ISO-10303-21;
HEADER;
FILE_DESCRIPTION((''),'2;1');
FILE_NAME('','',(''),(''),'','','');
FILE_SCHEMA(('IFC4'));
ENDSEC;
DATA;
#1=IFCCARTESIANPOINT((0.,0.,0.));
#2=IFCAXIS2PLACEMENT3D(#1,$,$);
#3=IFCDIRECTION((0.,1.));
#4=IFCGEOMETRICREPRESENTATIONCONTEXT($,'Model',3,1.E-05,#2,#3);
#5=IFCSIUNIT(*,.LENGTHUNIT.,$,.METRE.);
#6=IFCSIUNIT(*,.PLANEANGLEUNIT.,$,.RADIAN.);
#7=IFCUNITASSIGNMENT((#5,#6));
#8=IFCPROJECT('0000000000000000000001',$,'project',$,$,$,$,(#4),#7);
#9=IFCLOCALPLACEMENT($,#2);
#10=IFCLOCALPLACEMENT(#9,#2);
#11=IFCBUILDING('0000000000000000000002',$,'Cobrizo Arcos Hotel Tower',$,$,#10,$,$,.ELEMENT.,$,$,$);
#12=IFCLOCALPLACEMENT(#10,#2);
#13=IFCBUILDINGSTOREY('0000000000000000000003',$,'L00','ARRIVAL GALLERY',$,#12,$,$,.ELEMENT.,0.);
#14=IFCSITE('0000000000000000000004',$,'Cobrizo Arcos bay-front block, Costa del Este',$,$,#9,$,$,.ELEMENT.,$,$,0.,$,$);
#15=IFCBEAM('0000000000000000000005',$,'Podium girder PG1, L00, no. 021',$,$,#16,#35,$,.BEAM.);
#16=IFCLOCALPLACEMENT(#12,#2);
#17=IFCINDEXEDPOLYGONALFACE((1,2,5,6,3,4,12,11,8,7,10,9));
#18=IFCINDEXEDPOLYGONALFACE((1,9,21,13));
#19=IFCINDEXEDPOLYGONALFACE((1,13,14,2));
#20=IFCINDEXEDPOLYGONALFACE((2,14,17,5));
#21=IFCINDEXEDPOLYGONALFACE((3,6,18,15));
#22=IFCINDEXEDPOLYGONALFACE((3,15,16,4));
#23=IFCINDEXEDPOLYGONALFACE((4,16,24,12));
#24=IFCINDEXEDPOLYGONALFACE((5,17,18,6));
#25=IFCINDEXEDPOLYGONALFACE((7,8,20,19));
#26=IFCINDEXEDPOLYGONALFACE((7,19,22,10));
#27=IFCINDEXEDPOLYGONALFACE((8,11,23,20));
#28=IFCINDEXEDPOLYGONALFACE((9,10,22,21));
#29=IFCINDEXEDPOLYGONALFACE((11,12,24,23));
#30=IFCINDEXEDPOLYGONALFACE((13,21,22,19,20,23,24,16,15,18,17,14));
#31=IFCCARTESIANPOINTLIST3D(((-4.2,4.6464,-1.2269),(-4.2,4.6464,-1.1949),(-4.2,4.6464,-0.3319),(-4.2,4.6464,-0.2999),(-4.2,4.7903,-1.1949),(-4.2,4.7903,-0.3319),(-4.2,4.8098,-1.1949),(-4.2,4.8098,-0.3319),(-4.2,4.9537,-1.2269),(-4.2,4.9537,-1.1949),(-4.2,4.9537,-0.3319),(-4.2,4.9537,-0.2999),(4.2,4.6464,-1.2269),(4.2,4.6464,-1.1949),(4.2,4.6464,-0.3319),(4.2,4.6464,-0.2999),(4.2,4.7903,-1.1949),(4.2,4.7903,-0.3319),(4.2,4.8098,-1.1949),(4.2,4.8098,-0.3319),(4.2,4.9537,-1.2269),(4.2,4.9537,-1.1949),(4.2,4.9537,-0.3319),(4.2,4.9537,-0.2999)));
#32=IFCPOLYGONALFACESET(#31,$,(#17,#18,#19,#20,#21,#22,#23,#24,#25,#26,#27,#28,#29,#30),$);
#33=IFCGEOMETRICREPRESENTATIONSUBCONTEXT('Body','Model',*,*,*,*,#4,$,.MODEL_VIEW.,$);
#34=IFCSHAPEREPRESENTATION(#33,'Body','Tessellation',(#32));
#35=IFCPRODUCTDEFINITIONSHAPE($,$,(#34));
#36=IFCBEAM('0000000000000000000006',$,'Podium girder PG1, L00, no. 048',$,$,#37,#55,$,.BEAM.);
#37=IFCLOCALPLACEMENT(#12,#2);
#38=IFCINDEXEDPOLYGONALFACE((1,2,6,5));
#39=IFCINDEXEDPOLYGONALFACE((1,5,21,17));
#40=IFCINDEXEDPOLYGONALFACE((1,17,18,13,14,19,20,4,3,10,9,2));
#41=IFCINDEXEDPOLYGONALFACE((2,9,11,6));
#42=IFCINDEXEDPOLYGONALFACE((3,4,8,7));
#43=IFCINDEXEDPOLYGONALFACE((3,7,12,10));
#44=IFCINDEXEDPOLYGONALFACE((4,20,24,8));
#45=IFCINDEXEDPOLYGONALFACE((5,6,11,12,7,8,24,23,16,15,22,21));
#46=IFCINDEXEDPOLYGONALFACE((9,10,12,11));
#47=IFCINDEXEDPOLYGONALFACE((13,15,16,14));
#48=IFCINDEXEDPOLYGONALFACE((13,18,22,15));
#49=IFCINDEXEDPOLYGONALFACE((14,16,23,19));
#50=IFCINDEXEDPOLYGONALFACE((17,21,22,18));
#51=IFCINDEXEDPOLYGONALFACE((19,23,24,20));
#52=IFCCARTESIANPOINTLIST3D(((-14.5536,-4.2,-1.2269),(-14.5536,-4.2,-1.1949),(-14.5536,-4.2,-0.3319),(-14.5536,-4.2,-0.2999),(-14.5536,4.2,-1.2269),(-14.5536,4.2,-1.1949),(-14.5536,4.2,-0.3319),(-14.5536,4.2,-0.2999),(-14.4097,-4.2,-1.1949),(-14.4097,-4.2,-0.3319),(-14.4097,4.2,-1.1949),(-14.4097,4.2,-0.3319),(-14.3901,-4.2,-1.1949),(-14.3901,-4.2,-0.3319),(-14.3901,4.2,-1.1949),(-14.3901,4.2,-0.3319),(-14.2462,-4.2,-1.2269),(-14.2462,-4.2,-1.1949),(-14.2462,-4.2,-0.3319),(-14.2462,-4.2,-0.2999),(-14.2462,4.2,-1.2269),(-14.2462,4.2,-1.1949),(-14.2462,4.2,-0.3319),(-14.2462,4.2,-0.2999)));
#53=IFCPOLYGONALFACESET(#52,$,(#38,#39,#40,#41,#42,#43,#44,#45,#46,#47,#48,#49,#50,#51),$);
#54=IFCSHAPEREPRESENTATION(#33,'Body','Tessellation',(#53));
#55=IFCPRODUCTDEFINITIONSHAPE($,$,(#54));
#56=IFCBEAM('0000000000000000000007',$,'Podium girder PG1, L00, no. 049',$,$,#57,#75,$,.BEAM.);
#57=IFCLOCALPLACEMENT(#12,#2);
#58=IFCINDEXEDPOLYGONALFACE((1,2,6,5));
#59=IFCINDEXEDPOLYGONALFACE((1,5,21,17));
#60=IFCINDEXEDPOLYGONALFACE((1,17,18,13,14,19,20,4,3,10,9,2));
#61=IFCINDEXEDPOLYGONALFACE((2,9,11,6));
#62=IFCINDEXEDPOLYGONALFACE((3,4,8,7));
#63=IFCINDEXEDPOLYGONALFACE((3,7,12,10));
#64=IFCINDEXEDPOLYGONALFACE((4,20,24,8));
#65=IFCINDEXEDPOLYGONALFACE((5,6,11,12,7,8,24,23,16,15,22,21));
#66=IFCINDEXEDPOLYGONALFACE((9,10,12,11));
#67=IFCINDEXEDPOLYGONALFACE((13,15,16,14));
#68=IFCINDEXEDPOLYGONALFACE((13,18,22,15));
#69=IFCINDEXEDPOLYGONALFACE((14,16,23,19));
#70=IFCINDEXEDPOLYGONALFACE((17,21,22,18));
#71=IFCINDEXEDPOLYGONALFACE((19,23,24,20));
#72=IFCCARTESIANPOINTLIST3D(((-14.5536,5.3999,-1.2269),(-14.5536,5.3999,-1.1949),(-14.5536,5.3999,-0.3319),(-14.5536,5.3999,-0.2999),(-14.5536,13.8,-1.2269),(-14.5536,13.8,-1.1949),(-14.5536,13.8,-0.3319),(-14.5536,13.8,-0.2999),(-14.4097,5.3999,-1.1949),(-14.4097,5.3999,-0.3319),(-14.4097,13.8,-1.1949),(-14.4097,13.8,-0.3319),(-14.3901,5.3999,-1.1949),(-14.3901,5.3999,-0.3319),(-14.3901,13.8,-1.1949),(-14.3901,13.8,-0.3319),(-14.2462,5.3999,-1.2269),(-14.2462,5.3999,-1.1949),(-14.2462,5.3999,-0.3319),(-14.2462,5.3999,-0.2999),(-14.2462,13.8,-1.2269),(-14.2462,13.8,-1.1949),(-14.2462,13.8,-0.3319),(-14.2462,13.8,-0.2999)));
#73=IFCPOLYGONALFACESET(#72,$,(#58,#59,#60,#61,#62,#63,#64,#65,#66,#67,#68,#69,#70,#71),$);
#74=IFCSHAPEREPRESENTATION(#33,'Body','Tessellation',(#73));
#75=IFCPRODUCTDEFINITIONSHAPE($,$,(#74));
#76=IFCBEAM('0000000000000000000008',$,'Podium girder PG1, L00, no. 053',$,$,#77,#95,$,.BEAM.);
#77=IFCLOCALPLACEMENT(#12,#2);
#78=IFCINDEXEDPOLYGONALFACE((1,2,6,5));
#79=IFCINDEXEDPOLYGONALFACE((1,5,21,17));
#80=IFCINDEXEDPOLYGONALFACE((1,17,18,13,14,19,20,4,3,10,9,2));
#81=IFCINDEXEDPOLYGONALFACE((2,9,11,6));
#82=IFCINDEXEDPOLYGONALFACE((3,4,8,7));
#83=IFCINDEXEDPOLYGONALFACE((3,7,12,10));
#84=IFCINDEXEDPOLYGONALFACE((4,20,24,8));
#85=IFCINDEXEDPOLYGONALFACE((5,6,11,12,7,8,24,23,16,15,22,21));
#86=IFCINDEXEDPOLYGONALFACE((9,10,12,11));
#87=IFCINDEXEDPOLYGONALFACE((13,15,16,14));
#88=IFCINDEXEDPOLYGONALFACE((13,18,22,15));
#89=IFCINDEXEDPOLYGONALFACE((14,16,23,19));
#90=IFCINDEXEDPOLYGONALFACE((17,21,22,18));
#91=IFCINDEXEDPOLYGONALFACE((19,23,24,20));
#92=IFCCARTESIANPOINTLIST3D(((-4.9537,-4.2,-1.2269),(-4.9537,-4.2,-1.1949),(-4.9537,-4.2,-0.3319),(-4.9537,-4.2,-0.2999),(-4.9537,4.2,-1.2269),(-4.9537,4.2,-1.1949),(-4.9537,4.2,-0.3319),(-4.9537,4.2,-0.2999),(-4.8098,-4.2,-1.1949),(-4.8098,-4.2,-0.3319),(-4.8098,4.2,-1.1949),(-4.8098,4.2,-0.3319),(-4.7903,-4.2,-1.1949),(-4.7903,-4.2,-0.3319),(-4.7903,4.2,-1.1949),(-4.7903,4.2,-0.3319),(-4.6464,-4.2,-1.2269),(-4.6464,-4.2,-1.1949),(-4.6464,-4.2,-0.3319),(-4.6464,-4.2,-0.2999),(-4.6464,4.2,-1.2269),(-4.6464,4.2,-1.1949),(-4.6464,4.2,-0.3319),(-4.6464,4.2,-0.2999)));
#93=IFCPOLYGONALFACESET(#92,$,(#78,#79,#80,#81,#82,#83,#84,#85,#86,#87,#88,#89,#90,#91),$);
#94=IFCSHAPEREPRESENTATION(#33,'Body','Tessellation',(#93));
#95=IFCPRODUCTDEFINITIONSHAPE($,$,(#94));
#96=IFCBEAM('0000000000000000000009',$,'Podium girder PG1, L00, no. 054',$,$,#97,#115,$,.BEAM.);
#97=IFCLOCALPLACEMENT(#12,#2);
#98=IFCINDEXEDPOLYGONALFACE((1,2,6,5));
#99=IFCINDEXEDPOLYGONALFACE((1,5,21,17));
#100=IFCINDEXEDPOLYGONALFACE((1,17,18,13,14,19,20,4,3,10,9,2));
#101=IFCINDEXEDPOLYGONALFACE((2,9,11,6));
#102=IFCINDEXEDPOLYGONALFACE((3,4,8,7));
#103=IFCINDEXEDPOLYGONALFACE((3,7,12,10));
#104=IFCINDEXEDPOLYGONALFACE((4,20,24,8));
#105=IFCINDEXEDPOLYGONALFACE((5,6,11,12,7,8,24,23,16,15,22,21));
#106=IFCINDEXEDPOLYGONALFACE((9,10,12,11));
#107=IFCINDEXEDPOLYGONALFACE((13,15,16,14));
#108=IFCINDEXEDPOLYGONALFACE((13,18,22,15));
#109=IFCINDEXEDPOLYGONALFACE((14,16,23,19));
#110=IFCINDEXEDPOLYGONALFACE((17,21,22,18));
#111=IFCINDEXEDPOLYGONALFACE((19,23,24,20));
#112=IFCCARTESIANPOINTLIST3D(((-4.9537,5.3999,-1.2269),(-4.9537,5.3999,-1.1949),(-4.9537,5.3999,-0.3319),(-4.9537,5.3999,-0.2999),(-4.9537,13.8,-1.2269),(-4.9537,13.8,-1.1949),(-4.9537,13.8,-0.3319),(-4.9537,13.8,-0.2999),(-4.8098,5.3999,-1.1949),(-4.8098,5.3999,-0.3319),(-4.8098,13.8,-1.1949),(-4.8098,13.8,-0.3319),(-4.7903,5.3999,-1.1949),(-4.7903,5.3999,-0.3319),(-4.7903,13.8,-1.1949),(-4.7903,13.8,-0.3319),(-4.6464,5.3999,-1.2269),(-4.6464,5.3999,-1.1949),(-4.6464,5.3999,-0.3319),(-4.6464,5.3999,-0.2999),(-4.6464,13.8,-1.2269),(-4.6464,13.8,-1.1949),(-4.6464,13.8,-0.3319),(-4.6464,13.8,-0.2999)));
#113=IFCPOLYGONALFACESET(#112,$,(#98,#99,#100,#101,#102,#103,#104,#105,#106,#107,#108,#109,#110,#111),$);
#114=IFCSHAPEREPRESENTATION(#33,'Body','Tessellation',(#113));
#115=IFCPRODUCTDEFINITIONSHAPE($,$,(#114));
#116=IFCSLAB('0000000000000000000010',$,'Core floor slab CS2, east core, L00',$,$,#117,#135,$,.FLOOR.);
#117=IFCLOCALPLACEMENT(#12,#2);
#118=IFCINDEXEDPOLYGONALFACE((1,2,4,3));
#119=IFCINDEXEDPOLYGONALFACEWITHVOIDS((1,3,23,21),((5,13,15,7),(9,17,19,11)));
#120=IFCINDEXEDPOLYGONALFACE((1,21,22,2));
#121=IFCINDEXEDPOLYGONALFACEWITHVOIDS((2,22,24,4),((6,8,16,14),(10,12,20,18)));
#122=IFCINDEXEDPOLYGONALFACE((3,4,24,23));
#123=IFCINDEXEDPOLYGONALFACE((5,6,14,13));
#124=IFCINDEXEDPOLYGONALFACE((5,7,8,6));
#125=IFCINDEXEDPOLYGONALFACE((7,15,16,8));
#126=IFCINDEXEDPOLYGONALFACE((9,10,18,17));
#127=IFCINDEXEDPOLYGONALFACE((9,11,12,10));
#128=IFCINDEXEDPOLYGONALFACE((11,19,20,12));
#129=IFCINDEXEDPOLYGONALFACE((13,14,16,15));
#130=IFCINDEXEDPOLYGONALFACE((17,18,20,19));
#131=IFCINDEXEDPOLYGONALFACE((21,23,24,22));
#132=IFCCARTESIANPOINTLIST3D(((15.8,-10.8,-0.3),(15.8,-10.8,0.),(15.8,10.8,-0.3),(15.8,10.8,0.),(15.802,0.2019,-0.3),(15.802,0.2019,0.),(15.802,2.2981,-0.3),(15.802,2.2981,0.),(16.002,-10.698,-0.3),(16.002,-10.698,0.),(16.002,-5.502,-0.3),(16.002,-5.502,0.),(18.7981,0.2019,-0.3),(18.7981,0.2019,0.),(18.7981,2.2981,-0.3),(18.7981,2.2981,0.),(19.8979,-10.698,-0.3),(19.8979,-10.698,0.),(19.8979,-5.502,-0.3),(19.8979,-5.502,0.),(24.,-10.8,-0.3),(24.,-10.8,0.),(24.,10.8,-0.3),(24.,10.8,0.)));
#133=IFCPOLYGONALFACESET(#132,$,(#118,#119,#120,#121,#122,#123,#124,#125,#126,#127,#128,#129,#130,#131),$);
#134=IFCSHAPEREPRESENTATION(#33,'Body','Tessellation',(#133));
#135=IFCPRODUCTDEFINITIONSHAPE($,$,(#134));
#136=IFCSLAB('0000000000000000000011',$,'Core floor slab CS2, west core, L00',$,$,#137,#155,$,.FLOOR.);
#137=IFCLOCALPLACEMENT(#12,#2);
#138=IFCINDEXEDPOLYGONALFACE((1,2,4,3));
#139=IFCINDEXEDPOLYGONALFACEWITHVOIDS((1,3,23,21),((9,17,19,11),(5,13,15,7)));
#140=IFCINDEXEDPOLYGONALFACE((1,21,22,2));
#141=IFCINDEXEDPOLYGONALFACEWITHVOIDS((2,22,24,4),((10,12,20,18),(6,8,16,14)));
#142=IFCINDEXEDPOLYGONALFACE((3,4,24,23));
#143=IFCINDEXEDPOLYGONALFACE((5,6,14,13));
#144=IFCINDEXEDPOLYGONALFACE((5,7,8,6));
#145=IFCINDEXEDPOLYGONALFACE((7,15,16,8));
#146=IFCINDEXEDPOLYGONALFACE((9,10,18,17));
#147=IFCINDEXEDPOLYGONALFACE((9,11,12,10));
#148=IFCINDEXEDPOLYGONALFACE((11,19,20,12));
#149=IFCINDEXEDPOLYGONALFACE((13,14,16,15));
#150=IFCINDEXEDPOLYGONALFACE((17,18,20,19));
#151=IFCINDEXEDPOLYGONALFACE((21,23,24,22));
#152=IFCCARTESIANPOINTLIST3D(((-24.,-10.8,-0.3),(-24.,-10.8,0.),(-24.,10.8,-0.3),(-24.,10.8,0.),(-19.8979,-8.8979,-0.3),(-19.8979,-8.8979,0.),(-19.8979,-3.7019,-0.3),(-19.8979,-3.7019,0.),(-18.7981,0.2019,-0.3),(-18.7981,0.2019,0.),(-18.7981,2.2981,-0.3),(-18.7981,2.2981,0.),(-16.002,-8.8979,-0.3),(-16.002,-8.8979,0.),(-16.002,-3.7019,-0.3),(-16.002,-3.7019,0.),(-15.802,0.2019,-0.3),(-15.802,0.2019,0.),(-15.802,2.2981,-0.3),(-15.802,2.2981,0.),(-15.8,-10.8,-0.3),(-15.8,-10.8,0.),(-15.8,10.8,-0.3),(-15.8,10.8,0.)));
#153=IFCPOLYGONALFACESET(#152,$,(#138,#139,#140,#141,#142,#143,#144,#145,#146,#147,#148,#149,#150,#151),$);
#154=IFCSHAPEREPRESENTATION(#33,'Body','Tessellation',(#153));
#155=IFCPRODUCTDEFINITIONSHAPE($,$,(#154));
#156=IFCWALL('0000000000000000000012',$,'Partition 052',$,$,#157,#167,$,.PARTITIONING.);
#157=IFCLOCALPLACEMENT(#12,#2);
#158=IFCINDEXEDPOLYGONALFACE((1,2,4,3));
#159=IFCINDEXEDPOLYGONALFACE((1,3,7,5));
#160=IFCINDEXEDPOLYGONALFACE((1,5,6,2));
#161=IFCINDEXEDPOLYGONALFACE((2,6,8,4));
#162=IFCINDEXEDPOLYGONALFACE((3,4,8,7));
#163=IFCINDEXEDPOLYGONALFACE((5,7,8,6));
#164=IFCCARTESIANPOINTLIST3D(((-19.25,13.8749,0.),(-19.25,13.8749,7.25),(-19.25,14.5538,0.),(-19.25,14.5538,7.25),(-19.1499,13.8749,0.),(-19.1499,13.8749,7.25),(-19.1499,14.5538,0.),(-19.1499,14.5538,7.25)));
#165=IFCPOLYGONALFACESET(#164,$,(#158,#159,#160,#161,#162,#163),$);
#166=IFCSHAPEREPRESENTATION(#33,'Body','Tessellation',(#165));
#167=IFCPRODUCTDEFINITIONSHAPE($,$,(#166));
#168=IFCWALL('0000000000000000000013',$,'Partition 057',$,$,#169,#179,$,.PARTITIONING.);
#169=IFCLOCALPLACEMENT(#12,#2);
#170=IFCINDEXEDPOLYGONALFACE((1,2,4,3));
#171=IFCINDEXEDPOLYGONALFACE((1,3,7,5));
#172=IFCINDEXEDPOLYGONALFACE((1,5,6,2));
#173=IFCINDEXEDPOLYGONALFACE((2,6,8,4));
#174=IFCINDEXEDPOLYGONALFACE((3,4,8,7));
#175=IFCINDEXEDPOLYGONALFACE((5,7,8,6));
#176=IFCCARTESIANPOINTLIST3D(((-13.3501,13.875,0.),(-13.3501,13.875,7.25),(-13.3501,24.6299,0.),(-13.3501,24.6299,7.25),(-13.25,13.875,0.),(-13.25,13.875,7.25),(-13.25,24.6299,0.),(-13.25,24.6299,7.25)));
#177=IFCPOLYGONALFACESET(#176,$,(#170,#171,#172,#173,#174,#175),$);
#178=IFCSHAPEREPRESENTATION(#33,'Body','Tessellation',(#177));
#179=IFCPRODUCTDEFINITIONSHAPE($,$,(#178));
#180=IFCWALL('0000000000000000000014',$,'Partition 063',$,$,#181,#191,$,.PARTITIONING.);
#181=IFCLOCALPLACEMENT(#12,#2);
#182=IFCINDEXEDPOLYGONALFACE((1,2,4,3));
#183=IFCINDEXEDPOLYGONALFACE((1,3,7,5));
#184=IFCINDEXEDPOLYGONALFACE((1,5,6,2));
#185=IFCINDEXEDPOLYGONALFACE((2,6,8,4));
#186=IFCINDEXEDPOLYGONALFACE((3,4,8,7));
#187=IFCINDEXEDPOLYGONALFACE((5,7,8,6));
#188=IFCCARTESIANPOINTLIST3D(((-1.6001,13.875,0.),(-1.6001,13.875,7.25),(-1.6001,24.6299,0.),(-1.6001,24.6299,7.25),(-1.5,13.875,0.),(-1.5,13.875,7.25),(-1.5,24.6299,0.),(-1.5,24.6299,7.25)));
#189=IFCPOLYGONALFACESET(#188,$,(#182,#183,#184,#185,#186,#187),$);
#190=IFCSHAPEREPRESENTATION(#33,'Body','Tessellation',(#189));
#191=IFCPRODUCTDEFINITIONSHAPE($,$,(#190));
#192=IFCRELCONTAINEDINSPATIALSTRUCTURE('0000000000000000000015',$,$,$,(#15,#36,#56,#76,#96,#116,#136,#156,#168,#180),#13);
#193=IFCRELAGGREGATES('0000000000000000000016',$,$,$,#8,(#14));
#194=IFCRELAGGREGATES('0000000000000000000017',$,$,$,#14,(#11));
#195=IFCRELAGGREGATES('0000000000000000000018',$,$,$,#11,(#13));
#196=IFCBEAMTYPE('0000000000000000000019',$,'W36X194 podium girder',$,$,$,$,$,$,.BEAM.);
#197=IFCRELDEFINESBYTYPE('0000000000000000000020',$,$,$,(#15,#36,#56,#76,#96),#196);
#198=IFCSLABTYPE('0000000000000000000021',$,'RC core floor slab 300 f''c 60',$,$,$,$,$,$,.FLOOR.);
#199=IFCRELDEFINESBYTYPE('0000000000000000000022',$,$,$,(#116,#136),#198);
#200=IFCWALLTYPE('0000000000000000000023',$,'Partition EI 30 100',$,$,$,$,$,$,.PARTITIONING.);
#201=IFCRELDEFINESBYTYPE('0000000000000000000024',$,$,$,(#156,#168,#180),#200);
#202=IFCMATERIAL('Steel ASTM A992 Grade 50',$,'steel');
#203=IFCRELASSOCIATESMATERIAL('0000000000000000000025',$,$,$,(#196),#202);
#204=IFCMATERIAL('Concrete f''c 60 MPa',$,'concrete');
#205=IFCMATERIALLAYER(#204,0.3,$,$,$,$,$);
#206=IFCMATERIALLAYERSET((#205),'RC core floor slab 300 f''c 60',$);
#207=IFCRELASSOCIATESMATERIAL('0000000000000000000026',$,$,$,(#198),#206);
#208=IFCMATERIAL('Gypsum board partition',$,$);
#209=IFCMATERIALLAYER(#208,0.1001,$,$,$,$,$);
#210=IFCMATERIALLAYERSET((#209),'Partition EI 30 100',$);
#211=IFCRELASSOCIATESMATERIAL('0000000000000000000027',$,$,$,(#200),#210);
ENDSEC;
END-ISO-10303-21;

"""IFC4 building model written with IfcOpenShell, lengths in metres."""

from ifc_helpers import new_model, si_unit, direction, frame, frame_2d, origin, origin_2d, place, context, subcontext, project, spatial, polyline, rectangle, i_section, outline, extrude, material, layer, layer_set, material_profile, profile_set, type_object, element, save


model = new_model("IFC4")

# Units and contexts
model_context = context("Model", 3, precision=1e-05, world=origin(), true_north=direction((0.0, 1.0)))
body_context = subcontext(model_context, "Body", "Model", "MODEL_VIEW")
ifc_project = project(units=[si_unit("LENGTHUNIT", "METRE"), si_unit("PLANEANGLEUNIT", "RADIAN")], contexts=[model_context])

# Site, building, storey
site_placement = place(None, origin())
site = spatial("IfcSite", under=ifc_project, at=site_placement, Name="Cobrizo Arcos bay-front block, Costa del Este", CompositionType="ELEMENT", RefElevation=0.0)
building_placement = place(site_placement, origin())
building = spatial("IfcBuilding", under=site, at=building_placement, Name="Cobrizo Arcos Hotel Tower", CompositionType="ELEMENT")
storey_placement = place(building_placement, origin())
storey = spatial("IfcBuildingStorey", under=building, at=storey_placement, Name="L00", Description="ARRIVAL GALLERY", CompositionType="ELEMENT", Elevation=0.0)

# Beams
ifc_material_1 = material(Name="Steel ASTM A992 Grade 50", Category="steel")
ifc_material_profile_1 = material_profile(ifc_material_1, i_section(OverallWidth=0.3074, OverallDepth=0.927, WebThickness=0.0195, FlangeThickness=0.032, at=origin_2d()), Name="W36X194")
ifc_profile_set_1 = profile_set([ifc_material_profile_1], Name="Steel ASTM A992 Grade 50")
beam_type_1 = type_object("IfcBeamType", Name="W36X194 podium girder", PredefinedType="BEAM", material=ifc_profile_set_1)
for number, where, z_axis, x_axis, name in (
    (1, (-4.2, 4.8, -0.7634), (1.0, 0.0, 0.0), (0.0, 1.0, 0.0), "Podium girder PG1, L00, no. 021"),
    (2, (-14.3999, -4.2, -0.7634), (0.0, 1.0, 0.0), (-1.0, 0.0, 0.0), "Podium girder PG1, L00, no. 048"),
):
    element("IfcBeam", number, at=place(storey_placement, frame(where, z_axis=z_axis, x_axis=x_axis)), inside=storey, type_object=beam_type_1, Name=name, PredefinedType="BEAM", context=body_context, shape_type="SweptSolid", body=[
        extrude(i_section(OverallWidth=0.3074, OverallDepth=0.927, WebThickness=0.0195, FlangeThickness=0.032, at=origin_2d()), origin(), (0.0, 0.0, 1.0), 8.3999),
    ])
beam_1_placement = place(storey_placement, frame((-14.3999, 5.3999, -0.7634), z_axis=(0.0, 1.0, 0.0), x_axis=(-1.0, 0.0, 0.0)))
element("IfcBeam", 3, at=beam_1_placement, inside=storey, type_object=beam_type_1, Name="Podium girder PG1, L00, no. 049", PredefinedType="BEAM", context=body_context, shape_type="SweptSolid", body=[
    extrude(i_section(OverallWidth=0.3074, OverallDepth=0.927, WebThickness=0.0195, FlangeThickness=0.032, at=origin_2d()), origin(), (0.0, 0.0, 1.0), 8.4001),
])
beam_2_placement = place(storey_placement, frame((-4.8, -4.2, -0.7634), z_axis=(0.0, 1.0, 0.0), x_axis=(-1.0, 0.0, 0.0)))
element("IfcBeam", 4, at=beam_2_placement, inside=storey, type_object=beam_type_1, Name="Podium girder PG1, L00, no. 053", PredefinedType="BEAM", context=body_context, shape_type="SweptSolid", body=[
    extrude(i_section(OverallWidth=0.3074, OverallDepth=0.927, WebThickness=0.0195, FlangeThickness=0.032, at=origin_2d()), origin(), (0.0, 0.0, 1.0), 8.3999),
])
beam_3_placement = place(storey_placement, frame((-4.8, 5.3999, -0.7634), z_axis=(0.0, 1.0, 0.0), x_axis=(-1.0, 0.0, 0.0)))
element("IfcBeam", 5, at=beam_3_placement, inside=storey, type_object=beam_type_1, Name="Podium girder PG1, L00, no. 054", PredefinedType="BEAM", context=body_context, shape_type="SweptSolid", body=[
    extrude(i_section(OverallWidth=0.3074, OverallDepth=0.927, WebThickness=0.0195, FlangeThickness=0.032, at=origin_2d()), origin(), (0.0, 0.0, 1.0), 8.4001),
])

# Slabs
ifc_material_2 = material(Name="Concrete f'c 60 MPa", Category="concrete")
ifc_layer_1 = layer(ifc_material_2, 0.3)
ifc_layer_set_1 = layer_set([ifc_layer_1], Name="RC core floor slab 300 f'c 60")
slab_type_1 = type_object("IfcSlabType", Name="RC core floor slab 300 f'c 60", PredefinedType="FLOOR", material=ifc_layer_set_1)
slab_1_placement = place(storey_placement, frame((0.0, 0.0, -0.3)))
element("IfcSlab", 6, at=slab_1_placement, inside=storey, type_object=slab_type_1, Name="Core floor slab CS2, east core, L00", PredefinedType="FLOOR", context=body_context, shape_type="SweptSolid", body=[
    extrude(outline(polyline([(15.8, 10.8), (24.0, 10.8), (24.0, -10.8), (15.8, -10.8), (15.8, 10.8)]), holes=[polyline([(19.8979, -10.698), (19.8979, -5.502), (16.002, -5.502), (16.002, -10.698), (19.8979, -10.698)]), polyline([(18.7981, 0.2019), (18.7981, 2.2981), (15.802, 2.2981), (15.802, 0.2019), (18.7981, 0.2019)])]), origin(), (0.0, 0.0, 1.0), 0.3),
])
slab_2_placement = place(storey_placement, frame((0.0, 0.0, -0.3)))
element("IfcSlab", 7, at=slab_2_placement, inside=storey, type_object=slab_type_1, Name="Core floor slab CS2, west core, L00", PredefinedType="FLOOR", context=body_context, shape_type="SweptSolid", body=[
    extrude(outline(polyline([(-24.0, 10.8), (-15.8, 10.8), (-15.8, -10.8), (-24.0, -10.8), (-24.0, 10.8)]), holes=[polyline([(-19.8979, -3.7019), (-19.8979, -8.8979), (-16.002, -8.8979), (-16.002, -3.7019), (-19.8979, -3.7019)]), polyline([(-15.802, 0.2019), (-15.802, 2.2981), (-18.7981, 2.2981), (-18.7981, 0.2019), (-15.802, 0.2019)])]), origin(), (0.0, 0.0, 1.0), 0.3),
])

# Walls
ifc_material_3 = material(Name="Gypsum board partition")
ifc_layer_2 = layer(ifc_material_3, 0.1001)
ifc_layer_set_2 = layer_set([ifc_layer_2], Name="Partition EI 30 100")
wall_type_1 = type_object("IfcWallType", Name="Partition EI 30 100", PredefinedType="PARTITIONING", material=ifc_layer_set_2)
wall_1_placement = place(storey_placement, frame((-19.2, 13.875, 0.0), z_axis=(0.0, 0.0, 1.0), x_axis=(0.0, 1.0, 0.0)))
element("IfcWall", 8, at=wall_1_placement, inside=storey, type_object=wall_type_1, Name="Partition 052", PredefinedType="PARTITIONING", context=body_context, shape_type="SweptSolid", body=[
    extrude(rectangle(XDim=0.679, YDim=0.1001, at=frame_2d((0.3394, 0.0))), origin(), (0.0, 0.0, 1.0), 7.25),
])
for number, where, z_axis, x_axis, name in (
    (9, (-13.3, 13.875, 0.0), (0.0, 0.0, 1.0), (0.0, 1.0, 0.0), "Partition 057"),
    (10, (-1.55, 13.875, 0.0), (0.0, 0.0, 1.0), (0.0, 1.0, 0.0), "Partition 063"),
):
    element("IfcWall", number, at=place(storey_placement, frame(where, z_axis=z_axis, x_axis=x_axis)), inside=storey, type_object=wall_type_1, Name=name, PredefinedType="PARTITIONING", context=body_context, shape_type="SweptSolid", body=[
        extrude(rectangle(XDim=10.7549, YDim=0.1001, at=frame_2d((5.3774, 0.0))), origin(), (0.0, 0.0, 1.0), 7.25),
    ])

save(model, "model.ifc")
